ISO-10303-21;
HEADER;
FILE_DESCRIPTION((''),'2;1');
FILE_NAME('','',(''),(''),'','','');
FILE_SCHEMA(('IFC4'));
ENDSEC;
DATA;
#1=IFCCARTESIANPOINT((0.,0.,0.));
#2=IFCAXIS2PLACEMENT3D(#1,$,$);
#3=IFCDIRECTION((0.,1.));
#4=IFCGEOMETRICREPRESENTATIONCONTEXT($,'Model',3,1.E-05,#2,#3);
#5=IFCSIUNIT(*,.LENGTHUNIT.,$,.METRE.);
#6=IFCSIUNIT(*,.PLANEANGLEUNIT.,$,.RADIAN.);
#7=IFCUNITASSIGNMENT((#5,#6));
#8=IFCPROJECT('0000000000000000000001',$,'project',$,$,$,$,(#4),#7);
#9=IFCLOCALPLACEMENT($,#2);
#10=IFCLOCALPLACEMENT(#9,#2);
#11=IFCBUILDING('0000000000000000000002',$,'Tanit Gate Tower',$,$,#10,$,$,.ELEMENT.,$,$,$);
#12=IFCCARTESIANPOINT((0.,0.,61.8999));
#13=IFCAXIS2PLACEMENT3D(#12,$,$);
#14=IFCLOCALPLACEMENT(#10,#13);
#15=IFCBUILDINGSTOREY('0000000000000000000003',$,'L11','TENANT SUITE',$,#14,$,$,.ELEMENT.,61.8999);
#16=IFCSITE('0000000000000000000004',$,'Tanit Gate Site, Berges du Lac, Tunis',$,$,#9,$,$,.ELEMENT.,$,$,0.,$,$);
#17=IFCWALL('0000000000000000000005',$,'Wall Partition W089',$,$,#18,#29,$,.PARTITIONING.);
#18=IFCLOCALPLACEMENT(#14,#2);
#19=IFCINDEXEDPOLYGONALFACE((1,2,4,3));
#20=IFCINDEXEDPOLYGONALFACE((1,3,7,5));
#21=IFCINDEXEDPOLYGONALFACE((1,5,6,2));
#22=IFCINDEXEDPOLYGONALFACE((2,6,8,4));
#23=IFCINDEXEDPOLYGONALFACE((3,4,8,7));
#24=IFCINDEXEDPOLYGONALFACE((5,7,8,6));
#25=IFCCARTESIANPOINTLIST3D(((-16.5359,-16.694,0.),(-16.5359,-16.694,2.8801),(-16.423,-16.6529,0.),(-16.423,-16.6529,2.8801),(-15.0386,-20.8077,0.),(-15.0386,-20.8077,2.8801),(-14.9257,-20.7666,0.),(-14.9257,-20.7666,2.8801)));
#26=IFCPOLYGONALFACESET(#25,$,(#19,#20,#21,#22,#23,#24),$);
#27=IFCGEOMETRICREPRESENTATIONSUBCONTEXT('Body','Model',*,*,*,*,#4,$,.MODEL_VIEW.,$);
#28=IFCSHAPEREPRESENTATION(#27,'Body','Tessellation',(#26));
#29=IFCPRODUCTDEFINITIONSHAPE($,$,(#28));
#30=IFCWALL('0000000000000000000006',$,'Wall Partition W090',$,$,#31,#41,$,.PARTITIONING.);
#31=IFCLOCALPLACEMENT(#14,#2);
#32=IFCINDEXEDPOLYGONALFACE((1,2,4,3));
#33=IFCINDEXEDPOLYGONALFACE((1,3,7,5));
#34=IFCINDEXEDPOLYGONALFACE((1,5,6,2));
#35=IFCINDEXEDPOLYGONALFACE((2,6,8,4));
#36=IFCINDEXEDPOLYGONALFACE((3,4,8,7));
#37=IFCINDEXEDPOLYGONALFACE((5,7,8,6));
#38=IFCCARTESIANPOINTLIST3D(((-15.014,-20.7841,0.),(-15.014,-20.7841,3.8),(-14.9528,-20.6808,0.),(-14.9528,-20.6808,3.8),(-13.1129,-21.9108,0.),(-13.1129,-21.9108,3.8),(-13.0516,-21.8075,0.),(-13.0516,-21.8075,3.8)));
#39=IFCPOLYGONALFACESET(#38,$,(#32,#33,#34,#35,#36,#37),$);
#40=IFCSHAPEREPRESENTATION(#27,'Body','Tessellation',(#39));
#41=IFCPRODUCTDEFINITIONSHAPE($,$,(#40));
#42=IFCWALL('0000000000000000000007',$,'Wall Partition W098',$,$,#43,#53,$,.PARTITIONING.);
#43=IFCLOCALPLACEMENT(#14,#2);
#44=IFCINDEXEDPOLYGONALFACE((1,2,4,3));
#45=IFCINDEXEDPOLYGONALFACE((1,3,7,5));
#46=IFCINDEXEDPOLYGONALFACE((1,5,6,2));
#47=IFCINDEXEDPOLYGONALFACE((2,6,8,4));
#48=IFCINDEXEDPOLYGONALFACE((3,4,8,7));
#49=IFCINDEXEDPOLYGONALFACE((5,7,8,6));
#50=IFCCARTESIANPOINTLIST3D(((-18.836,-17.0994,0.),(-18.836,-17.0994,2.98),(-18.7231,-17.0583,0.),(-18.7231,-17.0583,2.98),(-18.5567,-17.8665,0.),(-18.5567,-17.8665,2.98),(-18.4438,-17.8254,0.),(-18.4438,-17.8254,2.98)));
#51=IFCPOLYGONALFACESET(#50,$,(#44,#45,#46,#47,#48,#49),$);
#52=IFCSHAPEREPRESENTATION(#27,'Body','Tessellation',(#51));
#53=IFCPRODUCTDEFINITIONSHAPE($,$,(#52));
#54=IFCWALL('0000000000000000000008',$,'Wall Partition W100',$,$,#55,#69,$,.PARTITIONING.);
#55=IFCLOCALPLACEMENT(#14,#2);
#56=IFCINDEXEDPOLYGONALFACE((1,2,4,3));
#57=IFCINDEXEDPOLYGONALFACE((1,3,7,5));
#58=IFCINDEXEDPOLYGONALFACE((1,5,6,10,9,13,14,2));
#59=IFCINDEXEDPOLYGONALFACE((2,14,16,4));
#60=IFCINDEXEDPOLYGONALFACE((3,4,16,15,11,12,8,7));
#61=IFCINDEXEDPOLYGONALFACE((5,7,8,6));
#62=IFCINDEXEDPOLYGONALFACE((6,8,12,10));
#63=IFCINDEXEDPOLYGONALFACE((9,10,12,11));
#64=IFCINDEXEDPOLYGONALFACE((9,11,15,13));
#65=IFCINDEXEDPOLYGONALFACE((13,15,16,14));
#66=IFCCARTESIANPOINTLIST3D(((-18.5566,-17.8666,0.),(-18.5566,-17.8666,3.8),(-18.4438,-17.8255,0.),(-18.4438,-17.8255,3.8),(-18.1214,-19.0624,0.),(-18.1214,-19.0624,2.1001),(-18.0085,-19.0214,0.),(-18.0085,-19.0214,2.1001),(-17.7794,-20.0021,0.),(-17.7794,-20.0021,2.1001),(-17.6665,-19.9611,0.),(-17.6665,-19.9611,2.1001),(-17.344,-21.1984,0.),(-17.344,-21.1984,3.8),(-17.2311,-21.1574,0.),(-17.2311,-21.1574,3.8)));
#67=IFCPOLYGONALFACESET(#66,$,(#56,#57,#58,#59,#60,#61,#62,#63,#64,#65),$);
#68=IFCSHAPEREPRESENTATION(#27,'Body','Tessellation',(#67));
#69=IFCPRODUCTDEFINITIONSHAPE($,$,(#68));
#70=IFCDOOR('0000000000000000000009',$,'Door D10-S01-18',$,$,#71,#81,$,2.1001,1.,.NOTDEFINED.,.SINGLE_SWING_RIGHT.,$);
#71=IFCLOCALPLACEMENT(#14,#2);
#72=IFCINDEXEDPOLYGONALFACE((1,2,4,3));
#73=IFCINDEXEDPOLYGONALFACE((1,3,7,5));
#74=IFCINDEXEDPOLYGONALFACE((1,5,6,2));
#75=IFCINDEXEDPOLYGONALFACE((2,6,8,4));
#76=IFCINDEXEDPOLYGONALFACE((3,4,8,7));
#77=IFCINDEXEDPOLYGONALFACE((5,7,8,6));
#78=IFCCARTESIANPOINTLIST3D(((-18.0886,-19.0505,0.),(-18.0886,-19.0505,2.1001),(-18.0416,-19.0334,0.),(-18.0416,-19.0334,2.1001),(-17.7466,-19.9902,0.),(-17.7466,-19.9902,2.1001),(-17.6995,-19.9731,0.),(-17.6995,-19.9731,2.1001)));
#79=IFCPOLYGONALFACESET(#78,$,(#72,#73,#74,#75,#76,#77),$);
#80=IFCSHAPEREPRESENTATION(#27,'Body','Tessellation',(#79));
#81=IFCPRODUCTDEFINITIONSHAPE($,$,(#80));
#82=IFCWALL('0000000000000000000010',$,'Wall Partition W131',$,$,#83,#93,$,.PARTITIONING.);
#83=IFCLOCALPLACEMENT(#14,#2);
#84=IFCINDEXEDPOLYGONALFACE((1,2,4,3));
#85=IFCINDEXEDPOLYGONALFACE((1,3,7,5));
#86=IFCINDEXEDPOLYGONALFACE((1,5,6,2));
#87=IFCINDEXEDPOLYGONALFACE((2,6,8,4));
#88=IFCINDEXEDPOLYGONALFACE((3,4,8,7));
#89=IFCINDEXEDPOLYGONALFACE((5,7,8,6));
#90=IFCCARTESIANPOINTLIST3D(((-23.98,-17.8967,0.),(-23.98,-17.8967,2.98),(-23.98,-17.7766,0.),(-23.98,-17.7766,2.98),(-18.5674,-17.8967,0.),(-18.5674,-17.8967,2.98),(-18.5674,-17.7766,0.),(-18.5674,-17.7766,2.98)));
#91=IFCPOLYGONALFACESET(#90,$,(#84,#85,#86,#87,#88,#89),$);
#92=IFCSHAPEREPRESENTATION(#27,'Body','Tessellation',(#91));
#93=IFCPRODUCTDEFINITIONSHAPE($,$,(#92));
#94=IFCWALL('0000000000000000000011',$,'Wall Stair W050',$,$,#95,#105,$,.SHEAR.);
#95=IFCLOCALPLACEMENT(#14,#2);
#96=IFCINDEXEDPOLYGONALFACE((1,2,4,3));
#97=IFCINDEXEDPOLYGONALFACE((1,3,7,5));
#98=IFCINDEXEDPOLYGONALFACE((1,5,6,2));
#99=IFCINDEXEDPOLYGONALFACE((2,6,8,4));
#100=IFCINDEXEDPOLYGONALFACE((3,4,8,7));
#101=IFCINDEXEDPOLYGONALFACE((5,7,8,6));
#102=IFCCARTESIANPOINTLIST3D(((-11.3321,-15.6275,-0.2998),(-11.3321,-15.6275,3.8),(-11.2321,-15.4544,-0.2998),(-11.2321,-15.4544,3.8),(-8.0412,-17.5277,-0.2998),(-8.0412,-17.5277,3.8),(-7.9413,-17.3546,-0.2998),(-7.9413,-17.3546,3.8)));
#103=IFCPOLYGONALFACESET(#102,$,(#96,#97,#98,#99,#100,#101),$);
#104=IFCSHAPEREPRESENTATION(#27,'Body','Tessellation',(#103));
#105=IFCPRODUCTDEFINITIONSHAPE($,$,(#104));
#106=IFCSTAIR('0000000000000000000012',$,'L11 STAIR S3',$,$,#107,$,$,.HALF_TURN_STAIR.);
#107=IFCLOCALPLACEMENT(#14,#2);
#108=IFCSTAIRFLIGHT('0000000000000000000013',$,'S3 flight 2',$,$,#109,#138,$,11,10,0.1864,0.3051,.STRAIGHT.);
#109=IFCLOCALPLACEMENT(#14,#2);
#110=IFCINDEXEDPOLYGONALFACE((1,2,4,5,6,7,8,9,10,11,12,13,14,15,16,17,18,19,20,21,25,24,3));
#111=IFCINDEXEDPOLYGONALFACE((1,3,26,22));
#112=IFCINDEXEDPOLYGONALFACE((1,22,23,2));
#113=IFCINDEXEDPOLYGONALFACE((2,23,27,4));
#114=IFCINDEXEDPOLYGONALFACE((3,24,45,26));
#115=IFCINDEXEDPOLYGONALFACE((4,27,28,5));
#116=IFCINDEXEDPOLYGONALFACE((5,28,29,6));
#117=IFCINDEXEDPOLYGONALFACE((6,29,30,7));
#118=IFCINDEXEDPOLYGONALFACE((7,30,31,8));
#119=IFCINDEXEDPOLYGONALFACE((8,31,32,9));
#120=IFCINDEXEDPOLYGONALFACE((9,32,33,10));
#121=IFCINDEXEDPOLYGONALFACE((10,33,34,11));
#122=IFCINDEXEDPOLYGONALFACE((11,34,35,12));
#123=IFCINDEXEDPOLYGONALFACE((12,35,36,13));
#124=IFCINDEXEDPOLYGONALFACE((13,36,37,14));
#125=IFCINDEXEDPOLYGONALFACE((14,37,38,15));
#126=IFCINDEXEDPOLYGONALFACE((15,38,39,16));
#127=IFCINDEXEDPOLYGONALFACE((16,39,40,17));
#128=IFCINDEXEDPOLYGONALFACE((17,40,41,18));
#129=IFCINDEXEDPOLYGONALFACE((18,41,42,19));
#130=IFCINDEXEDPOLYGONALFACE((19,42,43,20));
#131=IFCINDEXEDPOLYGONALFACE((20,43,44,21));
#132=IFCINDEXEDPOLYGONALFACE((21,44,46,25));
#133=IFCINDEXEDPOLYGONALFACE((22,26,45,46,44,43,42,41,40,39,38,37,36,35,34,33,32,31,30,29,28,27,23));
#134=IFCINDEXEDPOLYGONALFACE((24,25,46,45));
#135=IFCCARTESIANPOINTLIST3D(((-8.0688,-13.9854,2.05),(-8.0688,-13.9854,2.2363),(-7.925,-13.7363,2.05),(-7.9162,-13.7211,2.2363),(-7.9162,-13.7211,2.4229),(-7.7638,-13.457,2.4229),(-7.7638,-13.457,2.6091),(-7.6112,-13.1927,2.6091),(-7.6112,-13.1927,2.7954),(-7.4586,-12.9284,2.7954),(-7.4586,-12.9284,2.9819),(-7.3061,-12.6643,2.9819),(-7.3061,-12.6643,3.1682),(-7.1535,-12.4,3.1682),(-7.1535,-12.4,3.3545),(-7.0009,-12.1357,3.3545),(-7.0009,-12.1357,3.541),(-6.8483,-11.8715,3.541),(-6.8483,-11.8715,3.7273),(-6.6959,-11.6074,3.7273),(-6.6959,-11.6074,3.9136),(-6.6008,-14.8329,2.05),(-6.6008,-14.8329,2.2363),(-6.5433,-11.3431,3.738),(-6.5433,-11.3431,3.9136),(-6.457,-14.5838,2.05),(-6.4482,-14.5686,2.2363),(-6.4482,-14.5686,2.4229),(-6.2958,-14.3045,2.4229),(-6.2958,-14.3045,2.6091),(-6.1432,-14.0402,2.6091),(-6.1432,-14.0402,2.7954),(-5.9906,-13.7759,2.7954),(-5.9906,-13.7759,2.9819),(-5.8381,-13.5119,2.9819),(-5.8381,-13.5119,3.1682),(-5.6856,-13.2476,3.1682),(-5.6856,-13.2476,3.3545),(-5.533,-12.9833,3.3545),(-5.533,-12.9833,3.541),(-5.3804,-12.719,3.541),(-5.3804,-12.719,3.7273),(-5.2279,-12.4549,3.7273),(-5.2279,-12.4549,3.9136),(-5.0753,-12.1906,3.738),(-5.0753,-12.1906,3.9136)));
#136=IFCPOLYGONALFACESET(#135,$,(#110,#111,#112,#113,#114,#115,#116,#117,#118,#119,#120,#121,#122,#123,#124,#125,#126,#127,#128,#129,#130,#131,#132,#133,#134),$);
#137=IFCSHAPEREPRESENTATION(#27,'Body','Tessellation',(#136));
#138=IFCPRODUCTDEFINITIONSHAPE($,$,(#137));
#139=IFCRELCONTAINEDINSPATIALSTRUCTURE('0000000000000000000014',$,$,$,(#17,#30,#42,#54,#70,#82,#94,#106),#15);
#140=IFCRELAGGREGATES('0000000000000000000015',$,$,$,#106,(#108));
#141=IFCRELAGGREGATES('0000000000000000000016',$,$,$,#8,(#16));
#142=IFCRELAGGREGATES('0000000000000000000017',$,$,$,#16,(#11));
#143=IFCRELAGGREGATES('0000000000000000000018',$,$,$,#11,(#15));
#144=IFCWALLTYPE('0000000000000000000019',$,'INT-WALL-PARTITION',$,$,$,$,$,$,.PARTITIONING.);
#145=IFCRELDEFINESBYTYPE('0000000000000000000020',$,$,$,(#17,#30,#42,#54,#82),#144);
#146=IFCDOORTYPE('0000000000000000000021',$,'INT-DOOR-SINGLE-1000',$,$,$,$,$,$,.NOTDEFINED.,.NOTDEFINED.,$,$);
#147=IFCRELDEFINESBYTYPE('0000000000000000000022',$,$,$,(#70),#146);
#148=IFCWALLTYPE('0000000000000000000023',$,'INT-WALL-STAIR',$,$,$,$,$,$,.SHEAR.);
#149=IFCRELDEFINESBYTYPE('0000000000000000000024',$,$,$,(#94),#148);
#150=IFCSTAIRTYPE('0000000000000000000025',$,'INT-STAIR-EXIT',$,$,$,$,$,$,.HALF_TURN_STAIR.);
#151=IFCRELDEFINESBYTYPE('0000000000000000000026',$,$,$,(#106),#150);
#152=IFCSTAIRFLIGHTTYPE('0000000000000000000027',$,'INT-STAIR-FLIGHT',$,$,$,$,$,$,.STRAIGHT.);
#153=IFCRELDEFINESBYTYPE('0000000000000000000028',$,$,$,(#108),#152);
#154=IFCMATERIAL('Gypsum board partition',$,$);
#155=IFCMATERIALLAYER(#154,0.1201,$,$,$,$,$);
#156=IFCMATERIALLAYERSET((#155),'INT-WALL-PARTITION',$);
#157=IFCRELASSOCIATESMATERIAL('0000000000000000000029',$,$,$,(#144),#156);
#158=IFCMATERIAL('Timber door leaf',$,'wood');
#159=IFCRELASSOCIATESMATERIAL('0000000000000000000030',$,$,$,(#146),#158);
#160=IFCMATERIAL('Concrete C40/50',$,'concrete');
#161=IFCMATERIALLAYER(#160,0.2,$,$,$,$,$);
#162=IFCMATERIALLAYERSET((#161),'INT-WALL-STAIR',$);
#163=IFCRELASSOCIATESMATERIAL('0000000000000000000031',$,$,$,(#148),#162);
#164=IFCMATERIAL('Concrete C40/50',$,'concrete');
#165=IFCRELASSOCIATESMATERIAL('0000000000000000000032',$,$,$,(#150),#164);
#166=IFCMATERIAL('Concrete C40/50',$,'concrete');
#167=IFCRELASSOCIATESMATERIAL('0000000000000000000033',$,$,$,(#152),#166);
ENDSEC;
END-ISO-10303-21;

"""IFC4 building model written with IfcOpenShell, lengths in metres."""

from ifc_helpers import new_model, si_unit, direction, frame, frame_2d, origin, place, context, subcontext, project, spatial, polyline, rectangle, outline, extrude, material, layer, layer_set, type_object, element, fill, aggregate, save


model = new_model("IFC4")

# Units and contexts
model_context = context("Model", 3, precision=1e-05, world=origin(), true_north=direction((0.0, 1.0)))
body_context = subcontext(model_context, "Body", "Model", "MODEL_VIEW")
ifc_project = project(units=[si_unit("LENGTHUNIT", "METRE"), si_unit("PLANEANGLEUNIT", "RADIAN")], contexts=[model_context])

# Site, building, storey
site_placement = place(None, origin())
site = spatial("IfcSite", under=ifc_project, at=site_placement, Name="Tanit Gate Site, Berges du Lac, Tunis", CompositionType="ELEMENT", RefElevation=0.0)
building_placement = place(site_placement, origin())
building = spatial("IfcBuilding", under=site, at=building_placement, Name="Tanit Gate Tower", CompositionType="ELEMENT")
storey_placement = place(building_placement, frame((0.0, 0.0, 61.8999)))
storey = spatial("IfcBuildingStorey", under=building, at=storey_placement, Name="L11", Description="TENANT SUITE", CompositionType="ELEMENT", Elevation=61.8999)

# Walls
ifc_material_1 = material(Name="Gypsum board partition")
ifc_layer_1 = layer(ifc_material_1, 0.1201)
ifc_layer_set_1 = layer_set([ifc_layer_1], Name="INT-WALL-PARTITION")
wall_type_1 = type_object("IfcWallType", Name="INT-WALL-PARTITION", PredefinedType="PARTITIONING", material=ifc_layer_set_1)
wall_1_placement = place(storey_placement, frame((-16.4795, -16.6733, 0.0), z_axis=(0.0, 0.0, 1.0), x_axis=(0.342025, -0.939691, 0.0)))
element("IfcWall", 1, at=wall_1_placement, inside=storey, type_object=wall_type_1, Name="Wall Partition W089", PredefinedType="PARTITIONING", context=body_context, shape_type="SweptSolid", body=[
    extrude(rectangle(XDim=4.3777, YDim=0.1201, at=frame_2d((2.189, 0.0))), origin(), (0.0, 0.0, 1.0), 2.8801),
])
wall_2_placement = place(storey_placement, frame((-14.9834, -20.7324, 0.0), z_axis=(0.0, 0.0, 1.0), x_axis=(0.860268, -0.509842, 0.0)))
element("IfcWall", 2, at=wall_2_placement, inside=storey, type_object=wall_type_1, Name="Wall Partition W090", PredefinedType="PARTITIONING", context=body_context, shape_type="SweptSolid", body=[
    extrude(rectangle(XDim=2.21, YDim=0.1201, at=frame_2d((1.105, 0.0))), origin(), (0.0, 0.0, 1.0), 3.8),
])
wall_3_placement = place(storey_placement, frame((-18.7795, -17.0789, 0.0), z_axis=(0.0, 0.0, 1.0), x_axis=(0.342127, -0.939654, 0.0)))
element("IfcWall", 3, at=wall_3_placement, inside=storey, type_object=wall_type_1, Name="Wall Partition W098", PredefinedType="PARTITIONING", context=body_context, shape_type="SweptSolid", body=[
    extrude(rectangle(XDim=0.8164, YDim=0.1201, at=frame_2d((0.4082, 0.0))), origin(), (0.0, 0.0, 1.0), 2.98),
])

# Wall, opening, door
wall_4_placement = place(storey_placement, frame((-18.5002, -17.8459, 0.0), z_axis=(0.0, 0.0, 1.0), x_axis=(0.342014, -0.939695, 0.0)))
wall_4 = element("IfcWall", 4, at=wall_4_placement, inside=storey, type_object=wall_type_1, Name="Wall Partition W100", PredefinedType="PARTITIONING", context=body_context, shape_type="SweptSolid", body=[
    extrude(rectangle(XDim=3.5457, YDim=0.1201, at=frame_2d((1.7729, 0.0))), origin(), (0.0, 0.0, 1.0), 3.8),
])
opening_1_placement = place(wall_4_placement, frame((1.2727, 0.0, 0.0)))
opening_1 = element("IfcOpeningElement", 5, at=opening_1_placement, cuts=wall_4, PredefinedType="OPENING", context=body_context, shape_type="SweptSolid", body=[
    extrude(rectangle(XDim=1.0, YDim=2.1001, at=frame_2d((0.5, 1.05))), frame((0.0, 0.0701, 0.0), z_axis=(0.0, -1.0, 0.0), x_axis=(1.0, 0.0, 0.0)), (0.0, 0.0, 1.0), 0.1401),
])
ifc_material_2 = material(Name="Timber door leaf", Category="wood")
door_type_1 = type_object("IfcDoorType", Name="INT-DOOR-SINGLE-1000", OperationType="NOTDEFINED", PredefinedType="NOTDEFINED", material=ifc_material_2)
door_1_placement = place(opening_1_placement, origin())
door_1 = element("IfcDoor", 6, at=door_1_placement, inside=storey, type_object=door_type_1, Name="Door D10-S01-18", OperationType="SINGLE_SWING_RIGHT", OverallHeight=2.1001, OverallWidth=1.0, PredefinedType="NOTDEFINED", context=body_context, shape_type="SweptSolid", body=[
    extrude(rectangle(XDim=1.0, YDim=2.1001, at=frame_2d((0.5, 1.05))), frame((0.0, 0.0249, 0.0), z_axis=(0.0, -1.0, 0.0), x_axis=(1.0, 0.0, 0.0)), (0.0, 0.0, 1.0), 0.05),
])
fill(opening_1, door_1)

# Walls
wall_5_placement = place(storey_placement, frame((-18.5674, -17.8367, 0.0), z_axis=(0.0, 0.0, 1.0), x_axis=(-1.0, 0.0, 0.0)))
element("IfcWall", 7, at=wall_5_placement, inside=storey, type_object=wall_type_1, Name="Wall Partition W131", PredefinedType="PARTITIONING", context=body_context, shape_type="SweptSolid", body=[
    extrude(rectangle(XDim=5.4126, YDim=0.1201, at=frame_2d((2.7063, 0.0))), origin(), (0.0, 0.0, 1.0), 2.98),
])
ifc_material_3 = material(Name="Concrete C40/50", Category="concrete")
ifc_layer_2 = layer(ifc_material_3, 0.2)
ifc_layer_set_2 = layer_set([ifc_layer_2], Name="INT-WALL-STAIR")
wall_type_2 = type_object("IfcWallType", Name="INT-WALL-STAIR", PredefinedType="SHEAR", material=ifc_layer_set_2)
wall_6_placement = place(storey_placement, frame((-11.282, -15.541, -0.2998), z_axis=(0.0, 0.0, 1.0), x_axis=(0.866, -0.500043, 0.0)))
element("IfcWall", 8, at=wall_6_placement, inside=storey, type_object=wall_type_2, Name="Wall Stair W050", PredefinedType="SHEAR", context=body_context, shape_type="SweptSolid", body=[
    extrude(rectangle(XDim=3.8, YDim=0.2, at=frame_2d((1.8999, 0.0))), origin(), (0.0, 0.0, 1.0), 4.0999),
])

# Stair, stair flight
ifc_material_4 = material(Name="Concrete C40/50", Category="concrete")
stair_type = type_object("IfcStairType", Name="INT-STAIR-EXIT", PredefinedType="HALF_TURN_STAIR", material=ifc_material_4)
stair_placement = place(storey_placement, origin())
stair = element("IfcStair", 9, at=stair_placement, inside=storey, type_object=stair_type, Name="L11 STAIR S3", PredefinedType="HALF_TURN_STAIR")
ifc_material_5 = material(Name="Concrete C40/50", Category="concrete")
stair_flight_type = type_object("IfcStairFlightType", Name="INT-STAIR-FLIGHT", PredefinedType="STRAIGHT", material=ifc_material_5)
stair_flight_placement = place(storey_placement, frame((-7.3347, -14.4092, 2.05), z_axis=(0.0, 0.0, 1.0), x_axis=(0.5, 0.866025, 0.0)))
stair_flight = element("IfcStairFlight", 10, at=stair_flight_placement, type_object=stair_flight_type, Name="S3 flight 2", NumberOfRisers=11, NumberOfTreads=10, PredefinedType="STRAIGHT", RiserHeight=0.1864, TreadLength=0.3051, context=body_context, shape_type="SweptSolid", body=[
    extrude(outline(polyline([(0.0, 0.0), (0.0, 0.1863), (0.3052, 0.1863), (0.3052, 0.3728), (0.6101, 0.3728), (0.6101, 0.5591), (0.9153, 0.5591), (0.9153, 0.7454), (1.2205, 0.7454), (1.2205, 0.9319), (1.5254, 0.9319), (1.5254, 1.1182), (1.8306, 1.1182), (1.8306, 1.3044), (2.1357, 1.3044), (2.1357, 1.491), (2.4409, 1.491), (2.4409, 1.6772), (2.7458, 1.6772), (2.7458, 1.8635), (3.051, 1.8635), (3.051, 2.05), (3.051, 1.688), (0.2876, 0.0), (0.0, 0.0)])), frame((0.0, 0.8477, 0.0), z_axis=(0.0, -1.0, 0.0), x_axis=(1.0, 0.0, 0.0)), (0.0, 0.0, 1.0), 1.6951),
])
aggregate(stair, [stair_flight])

save(model, "model.ifc")
